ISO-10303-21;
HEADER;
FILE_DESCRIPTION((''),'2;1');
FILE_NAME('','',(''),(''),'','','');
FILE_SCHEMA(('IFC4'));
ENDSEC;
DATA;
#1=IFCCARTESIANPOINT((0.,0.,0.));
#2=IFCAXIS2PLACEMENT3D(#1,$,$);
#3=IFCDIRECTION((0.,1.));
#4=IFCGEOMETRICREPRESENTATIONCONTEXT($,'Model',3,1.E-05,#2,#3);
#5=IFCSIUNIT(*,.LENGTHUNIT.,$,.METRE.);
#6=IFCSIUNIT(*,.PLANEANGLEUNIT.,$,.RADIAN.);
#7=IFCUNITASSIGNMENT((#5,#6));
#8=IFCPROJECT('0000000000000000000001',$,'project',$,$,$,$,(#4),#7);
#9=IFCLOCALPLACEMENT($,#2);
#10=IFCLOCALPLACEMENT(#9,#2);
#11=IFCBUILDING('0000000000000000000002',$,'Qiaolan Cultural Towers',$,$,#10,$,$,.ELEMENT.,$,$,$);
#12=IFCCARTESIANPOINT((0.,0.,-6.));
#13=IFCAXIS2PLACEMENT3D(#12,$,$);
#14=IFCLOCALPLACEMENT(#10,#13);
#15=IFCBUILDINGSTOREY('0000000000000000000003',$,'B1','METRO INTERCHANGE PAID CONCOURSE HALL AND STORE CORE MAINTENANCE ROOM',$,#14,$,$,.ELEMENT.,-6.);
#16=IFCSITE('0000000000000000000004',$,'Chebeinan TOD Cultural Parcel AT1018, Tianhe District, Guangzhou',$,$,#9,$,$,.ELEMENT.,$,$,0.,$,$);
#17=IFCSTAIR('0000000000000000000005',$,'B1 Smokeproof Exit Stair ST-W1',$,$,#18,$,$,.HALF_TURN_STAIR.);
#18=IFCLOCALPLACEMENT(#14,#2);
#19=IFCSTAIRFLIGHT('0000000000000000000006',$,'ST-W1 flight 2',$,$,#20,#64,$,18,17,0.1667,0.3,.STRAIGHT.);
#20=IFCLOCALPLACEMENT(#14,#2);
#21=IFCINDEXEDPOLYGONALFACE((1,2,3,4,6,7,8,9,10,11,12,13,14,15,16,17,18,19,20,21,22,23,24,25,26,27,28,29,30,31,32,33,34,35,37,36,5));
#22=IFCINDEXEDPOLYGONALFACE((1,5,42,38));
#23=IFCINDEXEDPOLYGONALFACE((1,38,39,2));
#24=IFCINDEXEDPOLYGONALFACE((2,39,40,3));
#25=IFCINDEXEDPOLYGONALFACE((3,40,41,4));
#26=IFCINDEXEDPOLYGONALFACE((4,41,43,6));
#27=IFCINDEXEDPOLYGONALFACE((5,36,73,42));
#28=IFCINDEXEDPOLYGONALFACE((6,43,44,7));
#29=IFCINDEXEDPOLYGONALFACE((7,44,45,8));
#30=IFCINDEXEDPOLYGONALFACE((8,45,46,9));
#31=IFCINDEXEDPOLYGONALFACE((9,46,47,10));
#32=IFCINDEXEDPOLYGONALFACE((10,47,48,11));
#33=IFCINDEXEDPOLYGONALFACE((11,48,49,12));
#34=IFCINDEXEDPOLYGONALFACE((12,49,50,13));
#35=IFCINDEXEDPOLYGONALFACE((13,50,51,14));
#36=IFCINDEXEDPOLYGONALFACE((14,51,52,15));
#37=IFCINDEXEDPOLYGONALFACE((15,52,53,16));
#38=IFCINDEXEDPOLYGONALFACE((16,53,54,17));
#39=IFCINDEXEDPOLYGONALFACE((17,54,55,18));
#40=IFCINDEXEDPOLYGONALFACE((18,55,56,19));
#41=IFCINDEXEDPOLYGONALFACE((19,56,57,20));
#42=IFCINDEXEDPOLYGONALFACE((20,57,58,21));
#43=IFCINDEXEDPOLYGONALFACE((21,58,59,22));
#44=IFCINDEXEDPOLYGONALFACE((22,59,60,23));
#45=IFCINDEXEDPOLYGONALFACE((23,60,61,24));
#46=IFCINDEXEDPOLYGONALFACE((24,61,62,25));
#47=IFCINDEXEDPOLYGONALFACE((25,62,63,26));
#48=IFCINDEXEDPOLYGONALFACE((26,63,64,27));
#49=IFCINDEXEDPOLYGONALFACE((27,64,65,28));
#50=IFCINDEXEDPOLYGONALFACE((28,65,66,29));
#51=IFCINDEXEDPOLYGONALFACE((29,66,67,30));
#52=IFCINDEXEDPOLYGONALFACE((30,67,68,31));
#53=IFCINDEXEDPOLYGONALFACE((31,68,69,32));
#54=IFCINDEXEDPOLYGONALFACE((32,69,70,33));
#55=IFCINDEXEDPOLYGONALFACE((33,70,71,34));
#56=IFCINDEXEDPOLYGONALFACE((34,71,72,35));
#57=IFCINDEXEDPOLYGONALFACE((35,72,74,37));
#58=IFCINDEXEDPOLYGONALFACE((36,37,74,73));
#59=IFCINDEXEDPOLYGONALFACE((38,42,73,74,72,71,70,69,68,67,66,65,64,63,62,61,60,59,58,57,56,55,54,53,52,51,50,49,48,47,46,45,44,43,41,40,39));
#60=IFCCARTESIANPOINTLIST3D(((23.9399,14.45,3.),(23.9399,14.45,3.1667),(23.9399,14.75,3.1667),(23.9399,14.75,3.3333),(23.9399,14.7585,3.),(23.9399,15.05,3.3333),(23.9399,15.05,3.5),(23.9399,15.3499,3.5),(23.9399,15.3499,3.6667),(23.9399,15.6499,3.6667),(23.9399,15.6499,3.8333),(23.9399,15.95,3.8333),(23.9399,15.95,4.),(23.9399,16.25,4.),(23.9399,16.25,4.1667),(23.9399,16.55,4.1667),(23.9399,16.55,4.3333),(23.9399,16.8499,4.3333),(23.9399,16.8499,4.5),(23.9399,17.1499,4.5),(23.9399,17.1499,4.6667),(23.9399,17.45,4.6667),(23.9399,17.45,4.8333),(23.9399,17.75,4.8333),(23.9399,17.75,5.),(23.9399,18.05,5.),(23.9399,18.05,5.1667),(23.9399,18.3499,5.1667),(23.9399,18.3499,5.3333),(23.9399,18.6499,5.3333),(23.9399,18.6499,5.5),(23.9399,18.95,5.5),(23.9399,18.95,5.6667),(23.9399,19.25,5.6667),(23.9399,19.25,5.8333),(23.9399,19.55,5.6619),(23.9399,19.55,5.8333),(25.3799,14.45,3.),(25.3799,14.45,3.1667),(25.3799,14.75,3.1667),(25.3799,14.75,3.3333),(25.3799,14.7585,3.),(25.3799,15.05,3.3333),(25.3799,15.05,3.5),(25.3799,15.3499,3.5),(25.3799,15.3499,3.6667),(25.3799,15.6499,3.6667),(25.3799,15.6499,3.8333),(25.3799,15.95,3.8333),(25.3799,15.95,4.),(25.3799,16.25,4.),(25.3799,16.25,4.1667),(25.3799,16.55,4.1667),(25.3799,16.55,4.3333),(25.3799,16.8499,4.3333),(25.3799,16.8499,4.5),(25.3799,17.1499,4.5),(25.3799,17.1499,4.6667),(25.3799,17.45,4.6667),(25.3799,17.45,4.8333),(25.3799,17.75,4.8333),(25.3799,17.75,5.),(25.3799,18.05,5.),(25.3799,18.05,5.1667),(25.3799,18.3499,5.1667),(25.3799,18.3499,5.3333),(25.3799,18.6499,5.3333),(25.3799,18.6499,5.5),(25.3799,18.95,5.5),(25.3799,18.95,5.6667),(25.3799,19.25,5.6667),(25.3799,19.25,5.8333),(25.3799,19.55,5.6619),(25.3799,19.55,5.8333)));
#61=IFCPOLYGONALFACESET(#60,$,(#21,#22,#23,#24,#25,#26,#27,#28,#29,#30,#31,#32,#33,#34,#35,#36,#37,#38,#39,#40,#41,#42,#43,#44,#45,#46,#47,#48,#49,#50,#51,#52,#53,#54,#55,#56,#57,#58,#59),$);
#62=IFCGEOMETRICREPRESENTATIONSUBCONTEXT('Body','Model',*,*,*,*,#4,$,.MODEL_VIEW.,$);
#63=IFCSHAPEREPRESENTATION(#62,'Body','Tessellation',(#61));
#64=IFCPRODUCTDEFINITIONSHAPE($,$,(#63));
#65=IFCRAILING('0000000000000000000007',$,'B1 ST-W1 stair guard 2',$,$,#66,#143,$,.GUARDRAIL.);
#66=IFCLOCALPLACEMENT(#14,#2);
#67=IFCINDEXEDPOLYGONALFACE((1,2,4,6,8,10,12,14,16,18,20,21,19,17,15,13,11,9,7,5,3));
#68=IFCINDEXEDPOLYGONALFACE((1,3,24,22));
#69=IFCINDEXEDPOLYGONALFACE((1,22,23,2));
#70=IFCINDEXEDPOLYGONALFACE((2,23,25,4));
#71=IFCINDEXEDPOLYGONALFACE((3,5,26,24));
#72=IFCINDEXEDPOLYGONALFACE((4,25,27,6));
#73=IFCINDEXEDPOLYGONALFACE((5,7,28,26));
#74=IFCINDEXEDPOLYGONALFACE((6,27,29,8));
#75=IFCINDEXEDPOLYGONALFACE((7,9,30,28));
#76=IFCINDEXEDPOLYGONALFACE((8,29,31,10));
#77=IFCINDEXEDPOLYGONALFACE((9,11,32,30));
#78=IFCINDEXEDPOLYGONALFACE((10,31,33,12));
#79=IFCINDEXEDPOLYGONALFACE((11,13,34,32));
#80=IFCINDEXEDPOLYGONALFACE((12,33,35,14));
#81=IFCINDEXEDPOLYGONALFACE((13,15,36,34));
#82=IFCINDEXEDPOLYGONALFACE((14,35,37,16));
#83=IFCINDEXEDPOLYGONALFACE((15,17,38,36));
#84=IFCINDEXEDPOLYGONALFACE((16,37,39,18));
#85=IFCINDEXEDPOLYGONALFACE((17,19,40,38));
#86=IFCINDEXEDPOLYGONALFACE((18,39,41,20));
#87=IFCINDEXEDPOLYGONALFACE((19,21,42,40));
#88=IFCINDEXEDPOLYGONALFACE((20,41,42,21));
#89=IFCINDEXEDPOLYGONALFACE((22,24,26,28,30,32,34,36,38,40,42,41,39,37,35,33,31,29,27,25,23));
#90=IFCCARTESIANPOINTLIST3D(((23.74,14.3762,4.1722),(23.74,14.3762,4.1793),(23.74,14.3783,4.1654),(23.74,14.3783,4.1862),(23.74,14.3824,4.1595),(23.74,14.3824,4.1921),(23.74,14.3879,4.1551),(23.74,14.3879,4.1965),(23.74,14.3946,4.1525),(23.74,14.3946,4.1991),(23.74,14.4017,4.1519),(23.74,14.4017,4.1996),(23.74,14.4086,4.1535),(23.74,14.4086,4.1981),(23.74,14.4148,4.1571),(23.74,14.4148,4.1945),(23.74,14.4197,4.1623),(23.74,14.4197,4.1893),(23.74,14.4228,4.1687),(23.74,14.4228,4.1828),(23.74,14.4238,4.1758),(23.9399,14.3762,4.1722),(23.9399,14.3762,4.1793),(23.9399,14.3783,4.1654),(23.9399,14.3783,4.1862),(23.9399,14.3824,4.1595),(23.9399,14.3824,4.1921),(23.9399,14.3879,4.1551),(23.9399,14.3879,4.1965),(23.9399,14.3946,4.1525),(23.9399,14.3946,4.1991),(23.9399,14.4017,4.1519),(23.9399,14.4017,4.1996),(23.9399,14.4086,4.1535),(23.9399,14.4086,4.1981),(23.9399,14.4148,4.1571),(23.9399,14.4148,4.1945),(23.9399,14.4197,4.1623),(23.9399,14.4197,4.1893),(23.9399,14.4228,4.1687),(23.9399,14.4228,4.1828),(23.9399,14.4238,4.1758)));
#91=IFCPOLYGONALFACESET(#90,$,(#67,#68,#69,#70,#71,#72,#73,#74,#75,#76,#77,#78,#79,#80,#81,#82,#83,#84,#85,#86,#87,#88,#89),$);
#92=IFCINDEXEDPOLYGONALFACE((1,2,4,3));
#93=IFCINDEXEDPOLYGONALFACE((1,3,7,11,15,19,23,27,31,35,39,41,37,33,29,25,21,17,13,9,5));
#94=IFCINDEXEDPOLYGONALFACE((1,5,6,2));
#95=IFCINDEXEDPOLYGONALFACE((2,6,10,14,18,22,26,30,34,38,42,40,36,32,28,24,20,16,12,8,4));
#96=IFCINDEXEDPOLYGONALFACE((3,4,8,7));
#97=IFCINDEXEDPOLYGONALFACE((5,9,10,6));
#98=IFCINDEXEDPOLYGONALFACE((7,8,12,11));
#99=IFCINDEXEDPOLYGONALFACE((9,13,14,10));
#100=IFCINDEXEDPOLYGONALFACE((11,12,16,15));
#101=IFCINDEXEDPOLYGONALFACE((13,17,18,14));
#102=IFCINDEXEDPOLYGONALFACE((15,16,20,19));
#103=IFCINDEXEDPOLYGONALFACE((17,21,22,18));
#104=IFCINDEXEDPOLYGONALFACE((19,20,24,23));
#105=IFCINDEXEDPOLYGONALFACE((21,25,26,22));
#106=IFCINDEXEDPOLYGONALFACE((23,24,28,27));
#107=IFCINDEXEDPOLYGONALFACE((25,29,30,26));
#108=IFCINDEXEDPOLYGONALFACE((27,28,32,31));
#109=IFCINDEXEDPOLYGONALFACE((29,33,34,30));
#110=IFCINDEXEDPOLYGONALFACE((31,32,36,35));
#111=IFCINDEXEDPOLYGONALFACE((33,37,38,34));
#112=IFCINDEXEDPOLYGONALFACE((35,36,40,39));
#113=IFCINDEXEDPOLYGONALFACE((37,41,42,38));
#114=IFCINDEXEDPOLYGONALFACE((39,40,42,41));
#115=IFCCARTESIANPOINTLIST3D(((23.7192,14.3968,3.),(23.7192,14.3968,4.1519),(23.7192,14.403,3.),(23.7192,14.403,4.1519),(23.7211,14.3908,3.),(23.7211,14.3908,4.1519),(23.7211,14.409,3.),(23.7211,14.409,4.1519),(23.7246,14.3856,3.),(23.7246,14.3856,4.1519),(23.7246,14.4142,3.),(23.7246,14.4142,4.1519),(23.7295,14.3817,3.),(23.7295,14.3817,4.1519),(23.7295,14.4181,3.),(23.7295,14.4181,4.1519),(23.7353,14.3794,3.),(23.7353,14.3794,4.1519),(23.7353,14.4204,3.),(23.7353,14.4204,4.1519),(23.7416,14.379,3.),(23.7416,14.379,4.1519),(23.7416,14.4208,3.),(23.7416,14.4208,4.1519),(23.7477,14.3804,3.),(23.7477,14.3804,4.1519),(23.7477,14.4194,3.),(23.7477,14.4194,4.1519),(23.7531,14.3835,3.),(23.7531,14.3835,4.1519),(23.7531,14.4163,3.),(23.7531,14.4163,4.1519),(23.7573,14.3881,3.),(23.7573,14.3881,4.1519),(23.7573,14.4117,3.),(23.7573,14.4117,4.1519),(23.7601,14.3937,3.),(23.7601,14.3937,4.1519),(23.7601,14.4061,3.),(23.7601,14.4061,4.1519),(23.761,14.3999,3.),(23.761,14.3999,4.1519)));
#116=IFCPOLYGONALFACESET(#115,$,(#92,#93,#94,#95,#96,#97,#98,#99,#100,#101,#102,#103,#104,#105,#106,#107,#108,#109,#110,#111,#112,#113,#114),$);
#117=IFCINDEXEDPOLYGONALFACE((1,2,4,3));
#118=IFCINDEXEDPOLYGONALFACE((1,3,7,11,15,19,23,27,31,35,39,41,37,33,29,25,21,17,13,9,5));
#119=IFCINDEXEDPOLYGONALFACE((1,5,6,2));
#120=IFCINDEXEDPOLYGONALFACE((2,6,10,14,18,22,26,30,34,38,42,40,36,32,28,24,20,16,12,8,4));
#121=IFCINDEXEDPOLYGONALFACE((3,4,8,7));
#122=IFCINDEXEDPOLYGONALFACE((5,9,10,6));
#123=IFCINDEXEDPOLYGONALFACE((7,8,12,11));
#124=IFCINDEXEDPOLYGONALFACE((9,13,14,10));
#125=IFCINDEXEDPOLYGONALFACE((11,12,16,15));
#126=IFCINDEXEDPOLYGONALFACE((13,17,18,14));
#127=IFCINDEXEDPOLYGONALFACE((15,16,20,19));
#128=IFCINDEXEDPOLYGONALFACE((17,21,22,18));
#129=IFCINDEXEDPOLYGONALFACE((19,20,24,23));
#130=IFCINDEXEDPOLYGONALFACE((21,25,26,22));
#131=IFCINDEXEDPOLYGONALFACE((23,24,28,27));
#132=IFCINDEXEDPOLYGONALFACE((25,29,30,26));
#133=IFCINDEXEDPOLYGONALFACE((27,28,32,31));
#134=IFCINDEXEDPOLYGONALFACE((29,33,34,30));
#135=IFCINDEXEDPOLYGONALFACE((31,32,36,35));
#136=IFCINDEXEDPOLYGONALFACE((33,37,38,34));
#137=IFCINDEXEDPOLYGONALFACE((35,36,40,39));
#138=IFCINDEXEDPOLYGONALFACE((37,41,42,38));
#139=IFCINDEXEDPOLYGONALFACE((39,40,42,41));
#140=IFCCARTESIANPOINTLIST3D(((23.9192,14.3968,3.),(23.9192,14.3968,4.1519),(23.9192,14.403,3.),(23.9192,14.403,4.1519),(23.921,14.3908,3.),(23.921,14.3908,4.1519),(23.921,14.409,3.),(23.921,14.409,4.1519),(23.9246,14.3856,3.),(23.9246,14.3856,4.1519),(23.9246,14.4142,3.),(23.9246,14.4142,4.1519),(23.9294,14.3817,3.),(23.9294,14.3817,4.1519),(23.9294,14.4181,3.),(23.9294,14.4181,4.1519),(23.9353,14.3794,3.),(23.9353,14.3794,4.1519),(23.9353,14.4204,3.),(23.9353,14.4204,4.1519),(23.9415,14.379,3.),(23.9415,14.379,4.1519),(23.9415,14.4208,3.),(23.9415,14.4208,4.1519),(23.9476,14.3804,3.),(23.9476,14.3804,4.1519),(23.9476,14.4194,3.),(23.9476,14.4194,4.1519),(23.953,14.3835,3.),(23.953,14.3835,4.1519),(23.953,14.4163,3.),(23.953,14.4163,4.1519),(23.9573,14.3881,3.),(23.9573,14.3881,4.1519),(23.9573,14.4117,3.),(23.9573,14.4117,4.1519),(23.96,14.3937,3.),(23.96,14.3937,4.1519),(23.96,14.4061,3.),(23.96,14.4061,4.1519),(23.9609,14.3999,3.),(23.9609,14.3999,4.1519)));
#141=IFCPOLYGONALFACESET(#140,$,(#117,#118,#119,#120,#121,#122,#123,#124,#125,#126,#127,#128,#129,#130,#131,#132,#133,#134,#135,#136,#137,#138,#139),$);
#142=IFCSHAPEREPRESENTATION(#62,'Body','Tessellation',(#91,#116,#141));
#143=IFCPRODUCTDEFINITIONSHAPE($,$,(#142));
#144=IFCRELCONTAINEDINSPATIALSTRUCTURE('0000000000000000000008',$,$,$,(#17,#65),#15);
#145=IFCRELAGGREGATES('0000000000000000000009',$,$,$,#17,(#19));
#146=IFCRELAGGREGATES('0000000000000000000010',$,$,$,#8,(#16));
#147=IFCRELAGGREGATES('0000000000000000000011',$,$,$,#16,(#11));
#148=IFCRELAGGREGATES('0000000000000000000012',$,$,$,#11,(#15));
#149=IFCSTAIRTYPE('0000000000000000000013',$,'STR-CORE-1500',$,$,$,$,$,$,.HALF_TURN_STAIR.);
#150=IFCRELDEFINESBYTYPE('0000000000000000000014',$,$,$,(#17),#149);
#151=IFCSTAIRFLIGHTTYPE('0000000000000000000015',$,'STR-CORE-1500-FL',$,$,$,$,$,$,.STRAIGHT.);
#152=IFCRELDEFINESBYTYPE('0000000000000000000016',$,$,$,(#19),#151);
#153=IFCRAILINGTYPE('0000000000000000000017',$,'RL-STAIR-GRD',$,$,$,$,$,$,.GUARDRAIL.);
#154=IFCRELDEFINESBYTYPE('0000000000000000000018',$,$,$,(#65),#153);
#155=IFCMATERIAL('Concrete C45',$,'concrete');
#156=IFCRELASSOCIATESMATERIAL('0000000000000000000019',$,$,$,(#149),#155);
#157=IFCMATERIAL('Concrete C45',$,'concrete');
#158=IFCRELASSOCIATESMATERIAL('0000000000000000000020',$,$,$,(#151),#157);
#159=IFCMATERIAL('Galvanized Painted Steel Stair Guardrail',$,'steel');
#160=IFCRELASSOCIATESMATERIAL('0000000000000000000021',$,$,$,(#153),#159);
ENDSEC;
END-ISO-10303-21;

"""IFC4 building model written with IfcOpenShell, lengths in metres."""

from ifc_helpers import new_model, si_unit, direction, frame, origin, origin_2d, place, context, subcontext, project, spatial, polyline, circle, outline, extrude, material, type_object, element, aggregate, save


model = new_model("IFC4")

# Units and contexts
model_context = context("Model", 3, precision=1e-05, world=origin(), true_north=direction((0.0, 1.0)))
body_context = subcontext(model_context, "Body", "Model", "MODEL_VIEW")
ifc_project = project(units=[si_unit("LENGTHUNIT", "METRE"), si_unit("PLANEANGLEUNIT", "RADIAN")], contexts=[model_context])

# Site, building, storey
site_placement = place(None, origin())
site = spatial("IfcSite", under=ifc_project, at=site_placement, Name="Chebeinan TOD Cultural Parcel AT1018, Tianhe District, Guangzhou", CompositionType="ELEMENT", RefElevation=0.0)
building_placement = place(site_placement, origin())
building = spatial("IfcBuilding", under=site, at=building_placement, Name="Qiaolan Cultural Towers", CompositionType="ELEMENT")
storey_placement = place(building_placement, frame((0.0, 0.0, -6.0)))
storey = spatial("IfcBuildingStorey", under=building, at=storey_placement, Name="B1", Description="METRO INTERCHANGE PAID CONCOURSE HALL AND STORE CORE MAINTENANCE ROOM", CompositionType="ELEMENT", Elevation=-6.0)

# Stair, stair flight
ifc_material_1 = material(Name="Concrete C45", Category="concrete")
stair_type = type_object("IfcStairType", Name="STR-CORE-1500", PredefinedType="HALF_TURN_STAIR", material=ifc_material_1)
stair_placement = place(storey_placement, origin())
stair = element("IfcStair", 1, at=stair_placement, inside=storey, type_object=stair_type, Name="B1 Smokeproof Exit Stair ST-W1", PredefinedType="HALF_TURN_STAIR")
ifc_material_2 = material(Name="Concrete C45", Category="concrete")
stair_flight_type = type_object("IfcStairFlightType", Name="STR-CORE-1500-FL", PredefinedType="STRAIGHT", material=ifc_material_2)
stair_flight_placement = place(storey_placement, frame((24.6599, 14.45, 3.0), z_axis=(0.0, 0.0, 1.0), x_axis=(0.0, 1.0, 0.0)))
stair_flight = element("IfcStairFlight", 2, at=stair_flight_placement, type_object=stair_flight_type, Name="ST-W1 flight 2", NumberOfRisers=18, NumberOfTreads=17, PredefinedType="STRAIGHT", RiserHeight=0.1667, TreadLength=0.3, context=body_context, shape_type="SweptSolid", body=[
    extrude(outline(polyline([(0.0, 0.0), (0.0, 0.1667), (0.3, 0.1667), (0.3, 0.3333), (0.6001, 0.3333), (0.6001, 0.5), (0.8999, 0.5), (0.8999, 0.6667), (1.2, 0.6667), (1.2, 0.8333), (1.5, 0.8333), (1.5, 1.0), (1.8, 1.0), (1.8, 1.1667), (2.1001, 1.1667), (2.1001, 1.3333), (2.3999, 1.3333), (2.3999, 1.5), (2.7, 1.5), (2.7, 1.6667), (3.0, 1.6667), (3.0, 1.8333), (3.3, 1.8333), (3.3, 2.0), (3.6001, 2.0), (3.6001, 2.1667), (3.8999, 2.1667), (3.8999, 2.3333), (4.2, 2.3333), (4.2, 2.5), (4.5, 2.5), (4.5, 2.6667), (4.8, 2.6667), (4.8, 2.8333), (5.1001, 2.8333), (5.1001, 3.0), (5.1001, 2.6619), (0.3086, 0.0), (0.0, 0.0)])), frame((0.0, 0.72, 0.0), z_axis=(0.0, -1.0, 0.0), x_axis=(1.0, 0.0, 0.0)), (0.0, 0.0, 1.0), 1.4399),
])
aggregate(stair, [stair_flight])

# Railing
ifc_material_3 = material(Name="Galvanized Painted Steel Stair Guardrail", Category="steel")
railing_type_1 = type_object("IfcRailingType", Name="RL-STAIR-GRD", PredefinedType="GUARDRAIL", material=ifc_material_3)
railing_1_placement = place(storey_placement, frame((23.74, 14.3999, 3.0)))
element("IfcRailing", 3, at=railing_1_placement, inside=storey, type_object=railing_type_1, Name="B1 ST-W1 stair guard 2", PredefinedType="GUARDRAIL", context=body_context, shape_type="SweptSolid", body=[
    extrude(circle(Radius=0.0239, at=origin_2d()), frame((0.0, 0.0, 1.1758), z_axis=(1.0, 0.0, 0.0), x_axis=(0.0, 1.0, 0.0)), (0.0, 0.0, 1.0), 0.2),
    extrude(circle(Radius=0.021, at=origin_2d()), origin(), (0.0, 0.0, 1.0), 1.1519),
    extrude(circle(Radius=0.021, at=origin_2d()), frame((0.2, 0.0, 0.0)), (0.0, 0.0, 1.0), 1.1519),
])

save(model, "model.ifc")
